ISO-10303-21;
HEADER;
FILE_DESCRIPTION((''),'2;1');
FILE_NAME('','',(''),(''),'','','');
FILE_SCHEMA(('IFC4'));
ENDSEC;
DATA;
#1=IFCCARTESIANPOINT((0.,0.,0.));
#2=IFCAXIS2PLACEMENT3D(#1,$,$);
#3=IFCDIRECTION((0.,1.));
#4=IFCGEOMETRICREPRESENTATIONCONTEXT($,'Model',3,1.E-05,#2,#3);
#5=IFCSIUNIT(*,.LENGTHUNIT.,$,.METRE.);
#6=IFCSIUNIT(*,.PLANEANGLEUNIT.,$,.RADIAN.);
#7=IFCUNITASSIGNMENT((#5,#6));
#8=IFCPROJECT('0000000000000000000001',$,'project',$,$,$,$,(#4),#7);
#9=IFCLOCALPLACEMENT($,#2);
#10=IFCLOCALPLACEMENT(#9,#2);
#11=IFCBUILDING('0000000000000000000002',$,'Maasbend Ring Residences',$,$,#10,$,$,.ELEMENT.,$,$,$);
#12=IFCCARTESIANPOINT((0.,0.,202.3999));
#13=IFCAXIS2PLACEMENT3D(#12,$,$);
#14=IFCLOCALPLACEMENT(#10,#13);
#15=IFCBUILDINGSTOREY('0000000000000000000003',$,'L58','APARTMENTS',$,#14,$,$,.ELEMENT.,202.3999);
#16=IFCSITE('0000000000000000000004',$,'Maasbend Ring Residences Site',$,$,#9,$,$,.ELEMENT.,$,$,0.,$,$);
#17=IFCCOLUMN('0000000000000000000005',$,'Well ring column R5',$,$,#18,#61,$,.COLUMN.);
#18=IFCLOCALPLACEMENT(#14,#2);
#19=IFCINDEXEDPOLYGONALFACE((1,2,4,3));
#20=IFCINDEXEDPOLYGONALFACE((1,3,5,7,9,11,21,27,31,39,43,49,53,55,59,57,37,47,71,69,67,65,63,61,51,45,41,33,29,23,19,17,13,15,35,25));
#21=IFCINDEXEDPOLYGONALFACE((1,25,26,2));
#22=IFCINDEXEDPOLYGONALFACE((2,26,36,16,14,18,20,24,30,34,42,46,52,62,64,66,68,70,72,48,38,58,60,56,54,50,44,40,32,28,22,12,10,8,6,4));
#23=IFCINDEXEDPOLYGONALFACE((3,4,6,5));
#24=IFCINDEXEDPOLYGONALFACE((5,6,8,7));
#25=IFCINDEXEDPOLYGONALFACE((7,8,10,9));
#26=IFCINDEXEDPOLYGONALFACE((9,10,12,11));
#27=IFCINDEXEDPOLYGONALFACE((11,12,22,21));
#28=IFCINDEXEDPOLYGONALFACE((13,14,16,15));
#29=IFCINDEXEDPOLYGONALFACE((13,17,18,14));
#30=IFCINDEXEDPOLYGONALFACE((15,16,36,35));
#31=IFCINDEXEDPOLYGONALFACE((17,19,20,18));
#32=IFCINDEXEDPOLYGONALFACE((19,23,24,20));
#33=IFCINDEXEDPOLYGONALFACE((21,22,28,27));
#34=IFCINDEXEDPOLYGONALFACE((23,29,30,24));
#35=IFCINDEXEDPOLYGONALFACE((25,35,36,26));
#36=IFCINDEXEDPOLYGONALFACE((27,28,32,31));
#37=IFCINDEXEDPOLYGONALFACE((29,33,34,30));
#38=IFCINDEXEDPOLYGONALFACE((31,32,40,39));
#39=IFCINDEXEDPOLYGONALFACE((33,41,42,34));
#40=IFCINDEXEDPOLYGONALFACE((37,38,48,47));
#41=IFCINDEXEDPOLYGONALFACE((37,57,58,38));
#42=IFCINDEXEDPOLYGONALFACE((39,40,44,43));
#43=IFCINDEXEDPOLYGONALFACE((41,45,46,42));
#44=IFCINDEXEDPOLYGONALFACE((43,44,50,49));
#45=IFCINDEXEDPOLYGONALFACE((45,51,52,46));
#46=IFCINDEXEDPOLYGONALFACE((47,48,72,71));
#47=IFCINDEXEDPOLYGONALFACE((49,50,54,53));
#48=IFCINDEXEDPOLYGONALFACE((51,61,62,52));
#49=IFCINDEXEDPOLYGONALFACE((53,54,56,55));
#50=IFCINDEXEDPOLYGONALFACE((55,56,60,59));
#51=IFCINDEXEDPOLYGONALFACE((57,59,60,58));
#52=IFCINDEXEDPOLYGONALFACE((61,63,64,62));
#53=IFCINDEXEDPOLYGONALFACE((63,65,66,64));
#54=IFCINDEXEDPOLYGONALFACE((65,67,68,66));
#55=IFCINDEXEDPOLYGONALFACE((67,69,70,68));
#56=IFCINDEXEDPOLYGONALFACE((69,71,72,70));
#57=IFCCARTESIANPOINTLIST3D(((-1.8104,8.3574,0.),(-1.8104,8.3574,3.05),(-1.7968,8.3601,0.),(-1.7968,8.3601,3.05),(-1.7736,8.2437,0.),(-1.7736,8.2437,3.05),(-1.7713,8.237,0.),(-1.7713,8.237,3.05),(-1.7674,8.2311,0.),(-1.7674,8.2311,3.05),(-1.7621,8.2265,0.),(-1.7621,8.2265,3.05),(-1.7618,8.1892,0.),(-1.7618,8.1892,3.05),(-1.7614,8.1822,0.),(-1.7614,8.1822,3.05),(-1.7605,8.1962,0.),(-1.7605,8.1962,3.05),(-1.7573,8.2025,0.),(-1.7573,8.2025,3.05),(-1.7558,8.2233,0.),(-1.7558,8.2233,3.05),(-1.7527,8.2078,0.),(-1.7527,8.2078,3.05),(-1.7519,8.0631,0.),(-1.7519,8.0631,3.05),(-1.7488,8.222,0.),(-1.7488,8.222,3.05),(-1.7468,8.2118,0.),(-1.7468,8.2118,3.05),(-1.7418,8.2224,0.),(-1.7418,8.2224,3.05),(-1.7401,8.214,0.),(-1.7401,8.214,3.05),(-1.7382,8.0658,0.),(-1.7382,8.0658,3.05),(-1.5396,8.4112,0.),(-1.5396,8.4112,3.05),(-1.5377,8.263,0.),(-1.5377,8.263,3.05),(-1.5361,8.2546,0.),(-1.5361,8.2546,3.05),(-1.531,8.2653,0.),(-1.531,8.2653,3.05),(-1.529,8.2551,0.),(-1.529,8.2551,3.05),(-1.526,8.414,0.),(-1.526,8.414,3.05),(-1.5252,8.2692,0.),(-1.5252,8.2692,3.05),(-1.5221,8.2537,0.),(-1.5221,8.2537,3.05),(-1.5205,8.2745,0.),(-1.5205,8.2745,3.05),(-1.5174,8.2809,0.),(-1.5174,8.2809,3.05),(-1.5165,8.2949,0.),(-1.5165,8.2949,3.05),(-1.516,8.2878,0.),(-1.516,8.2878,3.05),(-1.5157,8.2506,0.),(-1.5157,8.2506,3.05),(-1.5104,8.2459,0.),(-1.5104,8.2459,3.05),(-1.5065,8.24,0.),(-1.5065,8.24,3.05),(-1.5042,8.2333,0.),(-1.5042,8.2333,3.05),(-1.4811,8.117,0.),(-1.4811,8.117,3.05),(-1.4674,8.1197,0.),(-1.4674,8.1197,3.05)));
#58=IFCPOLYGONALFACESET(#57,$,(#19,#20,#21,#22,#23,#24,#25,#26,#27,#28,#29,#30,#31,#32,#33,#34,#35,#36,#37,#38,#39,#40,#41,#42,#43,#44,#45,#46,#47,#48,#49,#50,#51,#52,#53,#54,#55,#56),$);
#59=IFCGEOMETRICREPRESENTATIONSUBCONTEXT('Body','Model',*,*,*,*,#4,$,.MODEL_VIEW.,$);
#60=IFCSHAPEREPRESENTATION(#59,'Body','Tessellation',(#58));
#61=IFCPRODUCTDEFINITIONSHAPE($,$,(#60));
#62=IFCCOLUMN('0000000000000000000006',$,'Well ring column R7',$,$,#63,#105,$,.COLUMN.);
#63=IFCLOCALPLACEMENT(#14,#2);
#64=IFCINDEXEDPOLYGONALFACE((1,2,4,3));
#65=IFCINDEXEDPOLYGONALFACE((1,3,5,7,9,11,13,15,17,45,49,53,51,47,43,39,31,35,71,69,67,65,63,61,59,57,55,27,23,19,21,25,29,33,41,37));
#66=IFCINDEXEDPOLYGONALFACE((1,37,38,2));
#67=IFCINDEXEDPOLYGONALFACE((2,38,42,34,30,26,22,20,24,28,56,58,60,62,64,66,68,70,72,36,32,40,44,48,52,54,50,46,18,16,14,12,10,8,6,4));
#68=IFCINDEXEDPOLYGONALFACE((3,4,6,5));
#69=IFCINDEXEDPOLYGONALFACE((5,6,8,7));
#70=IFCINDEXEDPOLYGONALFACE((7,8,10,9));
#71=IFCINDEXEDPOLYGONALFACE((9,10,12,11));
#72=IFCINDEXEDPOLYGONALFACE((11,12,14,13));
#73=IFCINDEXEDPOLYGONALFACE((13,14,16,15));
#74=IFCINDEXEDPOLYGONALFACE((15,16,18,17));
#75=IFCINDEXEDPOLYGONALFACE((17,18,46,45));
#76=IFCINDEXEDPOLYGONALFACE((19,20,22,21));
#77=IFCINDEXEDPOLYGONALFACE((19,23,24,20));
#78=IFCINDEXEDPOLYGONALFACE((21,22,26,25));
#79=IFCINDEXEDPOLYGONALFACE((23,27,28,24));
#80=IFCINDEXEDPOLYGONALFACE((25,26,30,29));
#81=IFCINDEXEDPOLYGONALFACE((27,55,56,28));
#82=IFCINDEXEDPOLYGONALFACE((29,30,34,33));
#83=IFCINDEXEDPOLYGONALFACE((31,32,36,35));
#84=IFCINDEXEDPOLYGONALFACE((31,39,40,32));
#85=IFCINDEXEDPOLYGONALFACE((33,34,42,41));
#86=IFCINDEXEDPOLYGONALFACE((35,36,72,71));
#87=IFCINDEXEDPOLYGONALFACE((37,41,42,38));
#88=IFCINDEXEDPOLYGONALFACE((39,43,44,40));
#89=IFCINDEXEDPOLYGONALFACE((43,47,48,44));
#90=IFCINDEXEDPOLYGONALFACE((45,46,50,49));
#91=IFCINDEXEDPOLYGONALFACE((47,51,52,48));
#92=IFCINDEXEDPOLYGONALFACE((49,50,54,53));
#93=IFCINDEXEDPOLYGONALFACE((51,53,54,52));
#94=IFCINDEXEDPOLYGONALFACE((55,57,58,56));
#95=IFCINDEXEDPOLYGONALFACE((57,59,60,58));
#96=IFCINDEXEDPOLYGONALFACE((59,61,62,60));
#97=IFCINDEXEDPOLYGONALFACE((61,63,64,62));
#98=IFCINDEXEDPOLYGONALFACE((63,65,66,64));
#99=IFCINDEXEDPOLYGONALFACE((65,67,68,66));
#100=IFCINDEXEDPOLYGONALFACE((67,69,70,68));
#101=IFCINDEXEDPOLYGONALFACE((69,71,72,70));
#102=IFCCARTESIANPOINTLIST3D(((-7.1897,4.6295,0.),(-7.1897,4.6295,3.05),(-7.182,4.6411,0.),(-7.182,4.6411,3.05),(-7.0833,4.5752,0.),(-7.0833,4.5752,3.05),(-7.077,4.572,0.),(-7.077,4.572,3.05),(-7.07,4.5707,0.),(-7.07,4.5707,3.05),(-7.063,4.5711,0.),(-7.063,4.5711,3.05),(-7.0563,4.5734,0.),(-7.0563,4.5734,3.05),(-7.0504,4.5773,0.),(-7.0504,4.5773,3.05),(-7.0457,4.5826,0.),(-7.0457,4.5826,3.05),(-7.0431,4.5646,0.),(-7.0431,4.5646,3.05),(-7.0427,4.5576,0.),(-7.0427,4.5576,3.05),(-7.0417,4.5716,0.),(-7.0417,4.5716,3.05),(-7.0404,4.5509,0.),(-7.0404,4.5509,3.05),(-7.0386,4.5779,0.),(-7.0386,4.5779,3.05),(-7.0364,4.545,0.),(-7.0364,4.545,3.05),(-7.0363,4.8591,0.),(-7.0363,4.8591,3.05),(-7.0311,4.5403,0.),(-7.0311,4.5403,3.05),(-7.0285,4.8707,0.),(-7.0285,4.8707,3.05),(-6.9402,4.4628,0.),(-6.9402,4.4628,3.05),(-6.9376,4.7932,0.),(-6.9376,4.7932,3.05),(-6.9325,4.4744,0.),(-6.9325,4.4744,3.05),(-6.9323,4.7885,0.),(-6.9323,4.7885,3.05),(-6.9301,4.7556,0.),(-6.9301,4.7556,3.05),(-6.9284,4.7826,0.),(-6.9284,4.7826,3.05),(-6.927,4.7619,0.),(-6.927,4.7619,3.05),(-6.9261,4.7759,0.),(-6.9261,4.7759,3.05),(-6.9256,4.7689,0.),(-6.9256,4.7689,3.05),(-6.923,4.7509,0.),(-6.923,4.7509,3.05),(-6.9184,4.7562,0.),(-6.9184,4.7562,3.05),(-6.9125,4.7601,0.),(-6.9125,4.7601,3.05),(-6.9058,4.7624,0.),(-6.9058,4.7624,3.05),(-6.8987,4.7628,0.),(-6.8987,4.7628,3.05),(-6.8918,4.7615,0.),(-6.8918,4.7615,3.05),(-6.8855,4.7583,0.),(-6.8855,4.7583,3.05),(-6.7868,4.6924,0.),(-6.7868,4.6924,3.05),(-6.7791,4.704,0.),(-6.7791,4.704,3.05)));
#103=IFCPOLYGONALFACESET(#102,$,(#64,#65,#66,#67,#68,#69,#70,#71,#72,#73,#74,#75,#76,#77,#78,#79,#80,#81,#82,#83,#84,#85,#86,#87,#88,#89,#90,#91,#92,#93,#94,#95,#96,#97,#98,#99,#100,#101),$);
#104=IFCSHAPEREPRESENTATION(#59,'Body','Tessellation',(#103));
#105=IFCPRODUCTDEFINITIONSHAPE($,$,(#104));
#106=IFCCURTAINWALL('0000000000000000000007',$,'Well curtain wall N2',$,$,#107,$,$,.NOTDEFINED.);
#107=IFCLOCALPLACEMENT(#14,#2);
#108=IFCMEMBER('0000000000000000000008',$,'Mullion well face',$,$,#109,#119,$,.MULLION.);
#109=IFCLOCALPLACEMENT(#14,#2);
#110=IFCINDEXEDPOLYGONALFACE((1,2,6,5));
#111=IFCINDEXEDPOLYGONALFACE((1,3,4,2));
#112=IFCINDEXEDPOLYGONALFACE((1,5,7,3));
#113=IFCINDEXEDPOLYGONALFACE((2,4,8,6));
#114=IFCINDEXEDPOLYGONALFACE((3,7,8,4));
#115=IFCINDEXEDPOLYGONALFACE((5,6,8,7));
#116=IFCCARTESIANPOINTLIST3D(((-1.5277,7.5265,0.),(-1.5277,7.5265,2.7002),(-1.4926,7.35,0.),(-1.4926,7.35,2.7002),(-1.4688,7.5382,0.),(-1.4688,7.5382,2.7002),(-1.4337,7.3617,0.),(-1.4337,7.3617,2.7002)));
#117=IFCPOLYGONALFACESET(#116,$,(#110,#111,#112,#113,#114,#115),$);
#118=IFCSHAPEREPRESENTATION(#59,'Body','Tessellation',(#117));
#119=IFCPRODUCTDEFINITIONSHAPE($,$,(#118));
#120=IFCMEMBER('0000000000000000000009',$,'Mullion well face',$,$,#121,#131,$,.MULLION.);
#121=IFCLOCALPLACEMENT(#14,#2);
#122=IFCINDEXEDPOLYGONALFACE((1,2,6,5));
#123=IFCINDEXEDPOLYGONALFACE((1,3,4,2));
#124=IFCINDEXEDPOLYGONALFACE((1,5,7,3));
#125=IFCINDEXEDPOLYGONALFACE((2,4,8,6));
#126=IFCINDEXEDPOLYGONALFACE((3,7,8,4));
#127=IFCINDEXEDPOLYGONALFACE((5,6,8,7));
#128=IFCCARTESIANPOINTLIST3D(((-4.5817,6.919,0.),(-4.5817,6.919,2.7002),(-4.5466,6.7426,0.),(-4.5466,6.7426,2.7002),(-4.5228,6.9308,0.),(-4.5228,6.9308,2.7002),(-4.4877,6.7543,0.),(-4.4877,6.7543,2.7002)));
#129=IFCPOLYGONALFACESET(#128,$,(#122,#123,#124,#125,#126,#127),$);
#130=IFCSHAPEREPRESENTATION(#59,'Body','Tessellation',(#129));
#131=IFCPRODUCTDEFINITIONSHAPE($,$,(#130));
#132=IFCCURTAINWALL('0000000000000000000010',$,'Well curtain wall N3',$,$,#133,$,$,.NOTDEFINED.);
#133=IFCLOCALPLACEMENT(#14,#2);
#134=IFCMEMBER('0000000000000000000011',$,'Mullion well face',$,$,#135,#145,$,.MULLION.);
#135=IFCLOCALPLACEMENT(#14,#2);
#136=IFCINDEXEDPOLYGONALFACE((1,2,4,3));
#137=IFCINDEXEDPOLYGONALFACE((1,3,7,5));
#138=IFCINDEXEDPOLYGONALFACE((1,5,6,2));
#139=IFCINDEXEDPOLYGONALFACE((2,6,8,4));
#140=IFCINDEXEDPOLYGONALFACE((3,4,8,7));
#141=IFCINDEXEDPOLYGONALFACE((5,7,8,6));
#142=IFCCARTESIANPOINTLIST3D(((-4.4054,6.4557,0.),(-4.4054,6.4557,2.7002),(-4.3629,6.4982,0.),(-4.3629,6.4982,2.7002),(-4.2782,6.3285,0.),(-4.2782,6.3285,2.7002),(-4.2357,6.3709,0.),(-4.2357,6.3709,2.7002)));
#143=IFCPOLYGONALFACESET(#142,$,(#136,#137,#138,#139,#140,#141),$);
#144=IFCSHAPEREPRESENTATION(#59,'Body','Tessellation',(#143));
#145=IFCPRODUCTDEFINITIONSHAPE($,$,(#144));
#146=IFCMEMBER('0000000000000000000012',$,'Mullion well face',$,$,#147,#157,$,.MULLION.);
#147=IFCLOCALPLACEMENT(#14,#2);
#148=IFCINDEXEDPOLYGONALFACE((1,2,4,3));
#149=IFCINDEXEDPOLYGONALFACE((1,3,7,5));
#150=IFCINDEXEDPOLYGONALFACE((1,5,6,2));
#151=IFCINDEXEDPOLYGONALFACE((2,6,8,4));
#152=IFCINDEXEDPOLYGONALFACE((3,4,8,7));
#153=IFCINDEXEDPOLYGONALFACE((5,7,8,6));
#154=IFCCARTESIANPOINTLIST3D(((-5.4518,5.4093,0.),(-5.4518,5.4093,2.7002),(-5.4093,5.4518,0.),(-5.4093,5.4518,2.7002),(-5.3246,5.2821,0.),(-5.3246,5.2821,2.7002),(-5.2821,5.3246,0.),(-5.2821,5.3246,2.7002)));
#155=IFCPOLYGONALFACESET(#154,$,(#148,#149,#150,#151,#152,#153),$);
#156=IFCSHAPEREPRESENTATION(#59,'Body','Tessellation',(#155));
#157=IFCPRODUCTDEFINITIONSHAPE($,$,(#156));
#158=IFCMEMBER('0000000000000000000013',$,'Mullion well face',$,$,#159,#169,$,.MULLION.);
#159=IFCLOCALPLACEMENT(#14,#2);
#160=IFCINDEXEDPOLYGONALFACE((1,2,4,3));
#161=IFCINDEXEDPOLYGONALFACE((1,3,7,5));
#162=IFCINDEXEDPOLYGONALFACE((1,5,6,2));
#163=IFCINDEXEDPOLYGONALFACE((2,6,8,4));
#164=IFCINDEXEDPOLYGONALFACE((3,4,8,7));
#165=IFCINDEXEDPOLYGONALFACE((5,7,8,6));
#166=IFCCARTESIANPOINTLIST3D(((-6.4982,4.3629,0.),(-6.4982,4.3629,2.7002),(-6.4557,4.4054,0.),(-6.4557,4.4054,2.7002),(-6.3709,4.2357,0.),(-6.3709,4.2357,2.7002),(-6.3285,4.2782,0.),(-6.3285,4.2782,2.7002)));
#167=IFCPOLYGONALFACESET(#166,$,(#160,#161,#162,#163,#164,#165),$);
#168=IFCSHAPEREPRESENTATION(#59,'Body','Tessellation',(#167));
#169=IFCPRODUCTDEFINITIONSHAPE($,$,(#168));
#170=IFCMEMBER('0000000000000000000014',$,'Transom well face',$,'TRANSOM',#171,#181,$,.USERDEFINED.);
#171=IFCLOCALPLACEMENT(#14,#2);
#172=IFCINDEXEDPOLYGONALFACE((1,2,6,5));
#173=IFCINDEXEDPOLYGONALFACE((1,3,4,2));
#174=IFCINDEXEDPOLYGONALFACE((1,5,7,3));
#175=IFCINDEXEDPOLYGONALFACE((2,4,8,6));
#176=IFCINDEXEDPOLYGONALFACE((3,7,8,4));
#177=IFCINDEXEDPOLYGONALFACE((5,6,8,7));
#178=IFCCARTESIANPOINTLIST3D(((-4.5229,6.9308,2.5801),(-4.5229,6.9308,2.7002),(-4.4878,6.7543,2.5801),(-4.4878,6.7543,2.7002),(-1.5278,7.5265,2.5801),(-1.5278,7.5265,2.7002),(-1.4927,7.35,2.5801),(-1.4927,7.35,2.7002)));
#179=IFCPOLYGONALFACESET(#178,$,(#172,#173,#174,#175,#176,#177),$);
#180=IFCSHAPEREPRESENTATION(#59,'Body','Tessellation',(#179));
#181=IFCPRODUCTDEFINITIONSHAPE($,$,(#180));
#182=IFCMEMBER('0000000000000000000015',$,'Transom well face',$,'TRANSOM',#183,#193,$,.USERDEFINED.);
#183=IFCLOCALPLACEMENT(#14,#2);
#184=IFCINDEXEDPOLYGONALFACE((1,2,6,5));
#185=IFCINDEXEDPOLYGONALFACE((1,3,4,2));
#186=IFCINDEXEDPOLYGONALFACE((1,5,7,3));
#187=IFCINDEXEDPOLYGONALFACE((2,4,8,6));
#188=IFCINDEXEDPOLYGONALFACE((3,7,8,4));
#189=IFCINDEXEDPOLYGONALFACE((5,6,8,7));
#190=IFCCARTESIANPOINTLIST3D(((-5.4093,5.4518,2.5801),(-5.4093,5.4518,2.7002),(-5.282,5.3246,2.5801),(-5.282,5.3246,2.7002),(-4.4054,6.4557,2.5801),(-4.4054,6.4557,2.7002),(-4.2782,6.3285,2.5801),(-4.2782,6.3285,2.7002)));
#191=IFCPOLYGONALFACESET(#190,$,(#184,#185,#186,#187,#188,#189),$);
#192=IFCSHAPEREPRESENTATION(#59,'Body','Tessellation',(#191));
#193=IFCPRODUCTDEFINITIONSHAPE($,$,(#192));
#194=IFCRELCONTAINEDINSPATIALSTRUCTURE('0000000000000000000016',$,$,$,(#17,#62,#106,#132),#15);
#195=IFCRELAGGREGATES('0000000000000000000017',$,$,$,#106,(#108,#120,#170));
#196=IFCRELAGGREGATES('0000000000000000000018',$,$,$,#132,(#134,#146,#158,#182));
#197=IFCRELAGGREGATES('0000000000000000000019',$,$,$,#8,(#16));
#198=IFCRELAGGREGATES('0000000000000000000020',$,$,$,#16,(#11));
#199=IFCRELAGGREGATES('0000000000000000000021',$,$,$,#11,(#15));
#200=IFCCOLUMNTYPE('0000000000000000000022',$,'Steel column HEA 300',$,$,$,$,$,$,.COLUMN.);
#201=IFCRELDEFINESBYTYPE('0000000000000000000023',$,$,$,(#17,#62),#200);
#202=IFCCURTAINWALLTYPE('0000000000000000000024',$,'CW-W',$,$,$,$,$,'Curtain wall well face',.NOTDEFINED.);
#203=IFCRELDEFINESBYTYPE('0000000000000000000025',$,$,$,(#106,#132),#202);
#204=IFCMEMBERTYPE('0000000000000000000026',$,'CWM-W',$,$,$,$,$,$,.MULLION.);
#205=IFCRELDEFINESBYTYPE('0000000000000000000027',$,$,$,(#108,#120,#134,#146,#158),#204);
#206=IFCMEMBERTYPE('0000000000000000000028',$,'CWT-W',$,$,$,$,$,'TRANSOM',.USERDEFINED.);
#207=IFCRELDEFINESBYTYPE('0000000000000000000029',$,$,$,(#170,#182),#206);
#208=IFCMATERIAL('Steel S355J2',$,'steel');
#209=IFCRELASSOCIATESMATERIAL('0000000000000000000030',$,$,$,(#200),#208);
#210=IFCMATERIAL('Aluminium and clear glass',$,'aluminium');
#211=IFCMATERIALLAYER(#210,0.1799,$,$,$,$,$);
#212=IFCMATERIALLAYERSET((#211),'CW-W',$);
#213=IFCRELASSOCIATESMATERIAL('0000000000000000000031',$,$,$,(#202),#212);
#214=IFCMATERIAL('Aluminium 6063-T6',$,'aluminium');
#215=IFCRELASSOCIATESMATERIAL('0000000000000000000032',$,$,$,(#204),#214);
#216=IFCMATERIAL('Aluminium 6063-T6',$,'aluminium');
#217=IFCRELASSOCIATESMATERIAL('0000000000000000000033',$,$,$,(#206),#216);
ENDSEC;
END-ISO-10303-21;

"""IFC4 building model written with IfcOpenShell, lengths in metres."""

from ifc_helpers import new_model, si_unit, direction, frame, origin, origin_2d, place, context, subcontext, project, spatial, rectangle, i_section, extrude, material, layer, layer_set, material_profile, profile_set, type_object, element, aggregate, save


model = new_model("IFC4")

# Units and contexts
model_context = context("Model", 3, precision=1e-05, world=origin(), true_north=direction((0.0, 1.0)))
body_context = subcontext(model_context, "Body", "Model", "MODEL_VIEW")
ifc_project = project(units=[si_unit("LENGTHUNIT", "METRE"), si_unit("PLANEANGLEUNIT", "RADIAN")], contexts=[model_context])

# Site, building, storey
site_placement = place(None, origin())
site = spatial("IfcSite", under=ifc_project, at=site_placement, Name="Maasbend Ring Residences Site", CompositionType="ELEMENT", RefElevation=0.0)
building_placement = place(site_placement, origin())
building = spatial("IfcBuilding", under=site, at=building_placement, Name="Maasbend Ring Residences", CompositionType="ELEMENT")
storey_placement = place(building_placement, frame((0.0, 0.0, 202.3999)))
storey = spatial("IfcBuildingStorey", under=building, at=storey_placement, Name="L58", Description="APARTMENTS", CompositionType="ELEMENT", Elevation=202.3999)

# Columns
ifc_material_1 = material(Name="Steel S355J2", Category="steel")
ifc_material_profile_1 = material_profile(ifc_material_1, i_section(OverallWidth=0.3, OverallDepth=0.29, WebThickness=0.0085, FlangeThickness=0.0139, FilletRadius=0.0271, at=origin_2d()), Name="HEA 300")
ifc_profile_set_1 = profile_set([ifc_material_profile_1], Name="Steel S355J2")
column_type = type_object("IfcColumnType", Name="Steel column HEA 300", PredefinedType="COLUMN", material=ifc_profile_set_1)
for number, where, z_axis, x_axis, name in (
    (1, (-1.6389, 8.2385, 0.0), (0.0, 0.0, 1.0), (-0.19509, 0.980785, 0.0), "Well ring column R5"),
    (2, (-6.9844, 4.6667, 0.0), (0.0, 0.0, 1.0), (-0.83147, 0.55557, 0.0), "Well ring column R7"),
):
    element("IfcColumn", number, at=place(storey_placement, frame(where, z_axis=z_axis, x_axis=x_axis)), inside=storey, type_object=column_type, Name=name, PredefinedType="COLUMN", context=body_context, shape_type="SweptSolid", body=[
        extrude(i_section(OverallWidth=0.3, OverallDepth=0.29, WebThickness=0.0085, FlangeThickness=0.0139, FilletRadius=0.0271, at=origin_2d()), origin(), (0.0, 0.0, 1.0), 3.05),
    ])

# Curtain walls, members
ifc_material_2 = material(Name="Aluminium and clear glass", Category="aluminium")
ifc_layer_1 = layer(ifc_material_2, 0.1799)
ifc_layer_set_1 = layer_set([ifc_layer_1], Name="CW-W")
curtain_wall_type = type_object("IfcCurtainWallType", Name="CW-W", ElementType="Curtain wall well face", PredefinedType="NOTDEFINED", material=ifc_layer_set_1)
curtain_wall_1_placement = place(storey_placement, origin())
curtain_wall_1 = element("IfcCurtainWall", 3, at=curtain_wall_1_placement, inside=storey, type_object=curtain_wall_type, Name="Well curtain wall N2", PredefinedType="NOTDEFINED")
ifc_material_3 = material(Name="Aluminium 6063-T6", Category="aluminium")
ifc_material_profile_2 = material_profile(ifc_material_3, rectangle(XDim=0.1799, YDim=0.0601, at=origin_2d()), Name="AL 180x60")
ifc_profile_set_2 = profile_set([ifc_material_profile_2], Name="Aluminium 6063-T6")
member_type_1 = type_object("IfcMemberType", Name="CWM-W", PredefinedType="MULLION", material=ifc_profile_set_2)
member_1_placement = place(storey_placement, frame((-1.4807, 7.4441, 0.0), z_axis=(0.0, 0.0, 1.0), x_axis=(0.19509, -0.980785, 0.0)))
member_1 = element("IfcMember", 4, at=member_1_placement, type_object=member_type_1, Name="Mullion well face", PredefinedType="MULLION", context=body_context, shape_type="SweptSolid", body=[
    extrude(rectangle(XDim=0.1799, YDim=0.0601, at=origin_2d()), origin(), (0.0, 0.0, 1.0), 2.7002),
])
member_2_placement = place(storey_placement, frame((-4.5347, 6.8367, 0.0), z_axis=(0.0, 0.0, 1.0), x_axis=(0.19509, -0.980785, 0.0)))
member_2 = element("IfcMember", 5, at=member_2_placement, type_object=member_type_1, Name="Mullion well face", PredefinedType="MULLION", context=body_context, shape_type="SweptSolid", body=[
    extrude(rectangle(XDim=0.1799, YDim=0.0601, at=origin_2d()), origin(), (0.0, 0.0, 1.0), 2.7002),
])
curtain_wall_2_placement = place(storey_placement, origin())
curtain_wall_2 = element("IfcCurtainWall", 6, at=curtain_wall_2_placement, inside=storey, type_object=curtain_wall_type, Name="Well curtain wall N3", PredefinedType="NOTDEFINED")
member_3_placement = place(storey_placement, frame((-4.3206, 6.4133, 0.0), z_axis=(0.0, 0.0, 1.0), x_axis=(0.707107, -0.707107, 0.0)))
member_3 = element("IfcMember", 7, at=member_3_placement, type_object=member_type_1, Name="Mullion well face", PredefinedType="MULLION", context=body_context, shape_type="SweptSolid", body=[
    extrude(rectangle(XDim=0.1799, YDim=0.0601, at=origin_2d()), origin(), (0.0, 0.0, 1.0), 2.7002),
])
member_4_placement = place(storey_placement, frame((-5.3669, 5.3669, 0.0), z_axis=(0.0, 0.0, 1.0), x_axis=(0.707107, -0.707107, 0.0)))
member_4 = element("IfcMember", 8, at=member_4_placement, type_object=member_type_1, Name="Mullion well face", PredefinedType="MULLION", context=body_context, shape_type="SweptSolid", body=[
    extrude(rectangle(XDim=0.1799, YDim=0.0601, at=origin_2d()), origin(), (0.0, 0.0, 1.0), 2.7002),
])
member_5_placement = place(storey_placement, frame((-6.4133, 4.3206, 0.0), z_axis=(0.0, 0.0, 1.0), x_axis=(0.707107, -0.707107, 0.0)))
member_5 = element("IfcMember", 9, at=member_5_placement, type_object=member_type_1, Name="Mullion well face", PredefinedType="MULLION", context=body_context, shape_type="SweptSolid", body=[
    extrude(rectangle(XDim=0.1799, YDim=0.0601, at=origin_2d()), origin(), (0.0, 0.0, 1.0), 2.7002),
])

# Members
ifc_material_4 = material(Name="Aluminium 6063-T6", Category="aluminium")
ifc_material_profile_3 = material_profile(ifc_material_4, rectangle(XDim=0.1799, YDim=0.1201, at=origin_2d()), Name="AL 180x120")
ifc_profile_set_3 = profile_set([ifc_material_profile_3], Name="Aluminium 6063-T6")
member_type_2 = type_object("IfcMemberType", Name="CWT-W", ElementType="TRANSOM", PredefinedType="USERDEFINED", material=ifc_profile_set_3)
member_6_placement = place(storey_placement, frame((-1.5103, 7.4382, 2.6401), z_axis=(-0.980789, -0.195071, 0.0), x_axis=(0.195071, -0.980789, 0.0)))
member_6 = element("IfcMember", 10, at=member_6_placement, type_object=member_type_2, Name="Transom well face", ObjectType="TRANSOM", PredefinedType="USERDEFINED", context=body_context, shape_type="SweptSolid", body=[
    extrude(rectangle(XDim=0.1799, YDim=0.1201, at=origin_2d()), origin(), (0.0, 0.0, 1.0), 3.0537),
])
member_7_placement = place(storey_placement, frame((-4.3418, 6.3921, 2.6401), z_axis=(-0.707107, -0.707107, 0.0), x_axis=(0.707107, -0.707107, 0.0)))
member_7 = element("IfcMember", 11, at=member_7_placement, type_object=member_type_2, Name="Transom well face", ObjectType="TRANSOM", PredefinedType="USERDEFINED", context=body_context, shape_type="SweptSolid", body=[
    extrude(rectangle(XDim=0.1799, YDim=0.1201, at=origin_2d()), origin(), (0.0, 0.0, 1.0), 1.4197),
])

aggregate(curtain_wall_1, [member_1, member_2, member_6])
aggregate(curtain_wall_2, [member_3, member_4, member_5, member_7])

save(model, "model.ifc")
